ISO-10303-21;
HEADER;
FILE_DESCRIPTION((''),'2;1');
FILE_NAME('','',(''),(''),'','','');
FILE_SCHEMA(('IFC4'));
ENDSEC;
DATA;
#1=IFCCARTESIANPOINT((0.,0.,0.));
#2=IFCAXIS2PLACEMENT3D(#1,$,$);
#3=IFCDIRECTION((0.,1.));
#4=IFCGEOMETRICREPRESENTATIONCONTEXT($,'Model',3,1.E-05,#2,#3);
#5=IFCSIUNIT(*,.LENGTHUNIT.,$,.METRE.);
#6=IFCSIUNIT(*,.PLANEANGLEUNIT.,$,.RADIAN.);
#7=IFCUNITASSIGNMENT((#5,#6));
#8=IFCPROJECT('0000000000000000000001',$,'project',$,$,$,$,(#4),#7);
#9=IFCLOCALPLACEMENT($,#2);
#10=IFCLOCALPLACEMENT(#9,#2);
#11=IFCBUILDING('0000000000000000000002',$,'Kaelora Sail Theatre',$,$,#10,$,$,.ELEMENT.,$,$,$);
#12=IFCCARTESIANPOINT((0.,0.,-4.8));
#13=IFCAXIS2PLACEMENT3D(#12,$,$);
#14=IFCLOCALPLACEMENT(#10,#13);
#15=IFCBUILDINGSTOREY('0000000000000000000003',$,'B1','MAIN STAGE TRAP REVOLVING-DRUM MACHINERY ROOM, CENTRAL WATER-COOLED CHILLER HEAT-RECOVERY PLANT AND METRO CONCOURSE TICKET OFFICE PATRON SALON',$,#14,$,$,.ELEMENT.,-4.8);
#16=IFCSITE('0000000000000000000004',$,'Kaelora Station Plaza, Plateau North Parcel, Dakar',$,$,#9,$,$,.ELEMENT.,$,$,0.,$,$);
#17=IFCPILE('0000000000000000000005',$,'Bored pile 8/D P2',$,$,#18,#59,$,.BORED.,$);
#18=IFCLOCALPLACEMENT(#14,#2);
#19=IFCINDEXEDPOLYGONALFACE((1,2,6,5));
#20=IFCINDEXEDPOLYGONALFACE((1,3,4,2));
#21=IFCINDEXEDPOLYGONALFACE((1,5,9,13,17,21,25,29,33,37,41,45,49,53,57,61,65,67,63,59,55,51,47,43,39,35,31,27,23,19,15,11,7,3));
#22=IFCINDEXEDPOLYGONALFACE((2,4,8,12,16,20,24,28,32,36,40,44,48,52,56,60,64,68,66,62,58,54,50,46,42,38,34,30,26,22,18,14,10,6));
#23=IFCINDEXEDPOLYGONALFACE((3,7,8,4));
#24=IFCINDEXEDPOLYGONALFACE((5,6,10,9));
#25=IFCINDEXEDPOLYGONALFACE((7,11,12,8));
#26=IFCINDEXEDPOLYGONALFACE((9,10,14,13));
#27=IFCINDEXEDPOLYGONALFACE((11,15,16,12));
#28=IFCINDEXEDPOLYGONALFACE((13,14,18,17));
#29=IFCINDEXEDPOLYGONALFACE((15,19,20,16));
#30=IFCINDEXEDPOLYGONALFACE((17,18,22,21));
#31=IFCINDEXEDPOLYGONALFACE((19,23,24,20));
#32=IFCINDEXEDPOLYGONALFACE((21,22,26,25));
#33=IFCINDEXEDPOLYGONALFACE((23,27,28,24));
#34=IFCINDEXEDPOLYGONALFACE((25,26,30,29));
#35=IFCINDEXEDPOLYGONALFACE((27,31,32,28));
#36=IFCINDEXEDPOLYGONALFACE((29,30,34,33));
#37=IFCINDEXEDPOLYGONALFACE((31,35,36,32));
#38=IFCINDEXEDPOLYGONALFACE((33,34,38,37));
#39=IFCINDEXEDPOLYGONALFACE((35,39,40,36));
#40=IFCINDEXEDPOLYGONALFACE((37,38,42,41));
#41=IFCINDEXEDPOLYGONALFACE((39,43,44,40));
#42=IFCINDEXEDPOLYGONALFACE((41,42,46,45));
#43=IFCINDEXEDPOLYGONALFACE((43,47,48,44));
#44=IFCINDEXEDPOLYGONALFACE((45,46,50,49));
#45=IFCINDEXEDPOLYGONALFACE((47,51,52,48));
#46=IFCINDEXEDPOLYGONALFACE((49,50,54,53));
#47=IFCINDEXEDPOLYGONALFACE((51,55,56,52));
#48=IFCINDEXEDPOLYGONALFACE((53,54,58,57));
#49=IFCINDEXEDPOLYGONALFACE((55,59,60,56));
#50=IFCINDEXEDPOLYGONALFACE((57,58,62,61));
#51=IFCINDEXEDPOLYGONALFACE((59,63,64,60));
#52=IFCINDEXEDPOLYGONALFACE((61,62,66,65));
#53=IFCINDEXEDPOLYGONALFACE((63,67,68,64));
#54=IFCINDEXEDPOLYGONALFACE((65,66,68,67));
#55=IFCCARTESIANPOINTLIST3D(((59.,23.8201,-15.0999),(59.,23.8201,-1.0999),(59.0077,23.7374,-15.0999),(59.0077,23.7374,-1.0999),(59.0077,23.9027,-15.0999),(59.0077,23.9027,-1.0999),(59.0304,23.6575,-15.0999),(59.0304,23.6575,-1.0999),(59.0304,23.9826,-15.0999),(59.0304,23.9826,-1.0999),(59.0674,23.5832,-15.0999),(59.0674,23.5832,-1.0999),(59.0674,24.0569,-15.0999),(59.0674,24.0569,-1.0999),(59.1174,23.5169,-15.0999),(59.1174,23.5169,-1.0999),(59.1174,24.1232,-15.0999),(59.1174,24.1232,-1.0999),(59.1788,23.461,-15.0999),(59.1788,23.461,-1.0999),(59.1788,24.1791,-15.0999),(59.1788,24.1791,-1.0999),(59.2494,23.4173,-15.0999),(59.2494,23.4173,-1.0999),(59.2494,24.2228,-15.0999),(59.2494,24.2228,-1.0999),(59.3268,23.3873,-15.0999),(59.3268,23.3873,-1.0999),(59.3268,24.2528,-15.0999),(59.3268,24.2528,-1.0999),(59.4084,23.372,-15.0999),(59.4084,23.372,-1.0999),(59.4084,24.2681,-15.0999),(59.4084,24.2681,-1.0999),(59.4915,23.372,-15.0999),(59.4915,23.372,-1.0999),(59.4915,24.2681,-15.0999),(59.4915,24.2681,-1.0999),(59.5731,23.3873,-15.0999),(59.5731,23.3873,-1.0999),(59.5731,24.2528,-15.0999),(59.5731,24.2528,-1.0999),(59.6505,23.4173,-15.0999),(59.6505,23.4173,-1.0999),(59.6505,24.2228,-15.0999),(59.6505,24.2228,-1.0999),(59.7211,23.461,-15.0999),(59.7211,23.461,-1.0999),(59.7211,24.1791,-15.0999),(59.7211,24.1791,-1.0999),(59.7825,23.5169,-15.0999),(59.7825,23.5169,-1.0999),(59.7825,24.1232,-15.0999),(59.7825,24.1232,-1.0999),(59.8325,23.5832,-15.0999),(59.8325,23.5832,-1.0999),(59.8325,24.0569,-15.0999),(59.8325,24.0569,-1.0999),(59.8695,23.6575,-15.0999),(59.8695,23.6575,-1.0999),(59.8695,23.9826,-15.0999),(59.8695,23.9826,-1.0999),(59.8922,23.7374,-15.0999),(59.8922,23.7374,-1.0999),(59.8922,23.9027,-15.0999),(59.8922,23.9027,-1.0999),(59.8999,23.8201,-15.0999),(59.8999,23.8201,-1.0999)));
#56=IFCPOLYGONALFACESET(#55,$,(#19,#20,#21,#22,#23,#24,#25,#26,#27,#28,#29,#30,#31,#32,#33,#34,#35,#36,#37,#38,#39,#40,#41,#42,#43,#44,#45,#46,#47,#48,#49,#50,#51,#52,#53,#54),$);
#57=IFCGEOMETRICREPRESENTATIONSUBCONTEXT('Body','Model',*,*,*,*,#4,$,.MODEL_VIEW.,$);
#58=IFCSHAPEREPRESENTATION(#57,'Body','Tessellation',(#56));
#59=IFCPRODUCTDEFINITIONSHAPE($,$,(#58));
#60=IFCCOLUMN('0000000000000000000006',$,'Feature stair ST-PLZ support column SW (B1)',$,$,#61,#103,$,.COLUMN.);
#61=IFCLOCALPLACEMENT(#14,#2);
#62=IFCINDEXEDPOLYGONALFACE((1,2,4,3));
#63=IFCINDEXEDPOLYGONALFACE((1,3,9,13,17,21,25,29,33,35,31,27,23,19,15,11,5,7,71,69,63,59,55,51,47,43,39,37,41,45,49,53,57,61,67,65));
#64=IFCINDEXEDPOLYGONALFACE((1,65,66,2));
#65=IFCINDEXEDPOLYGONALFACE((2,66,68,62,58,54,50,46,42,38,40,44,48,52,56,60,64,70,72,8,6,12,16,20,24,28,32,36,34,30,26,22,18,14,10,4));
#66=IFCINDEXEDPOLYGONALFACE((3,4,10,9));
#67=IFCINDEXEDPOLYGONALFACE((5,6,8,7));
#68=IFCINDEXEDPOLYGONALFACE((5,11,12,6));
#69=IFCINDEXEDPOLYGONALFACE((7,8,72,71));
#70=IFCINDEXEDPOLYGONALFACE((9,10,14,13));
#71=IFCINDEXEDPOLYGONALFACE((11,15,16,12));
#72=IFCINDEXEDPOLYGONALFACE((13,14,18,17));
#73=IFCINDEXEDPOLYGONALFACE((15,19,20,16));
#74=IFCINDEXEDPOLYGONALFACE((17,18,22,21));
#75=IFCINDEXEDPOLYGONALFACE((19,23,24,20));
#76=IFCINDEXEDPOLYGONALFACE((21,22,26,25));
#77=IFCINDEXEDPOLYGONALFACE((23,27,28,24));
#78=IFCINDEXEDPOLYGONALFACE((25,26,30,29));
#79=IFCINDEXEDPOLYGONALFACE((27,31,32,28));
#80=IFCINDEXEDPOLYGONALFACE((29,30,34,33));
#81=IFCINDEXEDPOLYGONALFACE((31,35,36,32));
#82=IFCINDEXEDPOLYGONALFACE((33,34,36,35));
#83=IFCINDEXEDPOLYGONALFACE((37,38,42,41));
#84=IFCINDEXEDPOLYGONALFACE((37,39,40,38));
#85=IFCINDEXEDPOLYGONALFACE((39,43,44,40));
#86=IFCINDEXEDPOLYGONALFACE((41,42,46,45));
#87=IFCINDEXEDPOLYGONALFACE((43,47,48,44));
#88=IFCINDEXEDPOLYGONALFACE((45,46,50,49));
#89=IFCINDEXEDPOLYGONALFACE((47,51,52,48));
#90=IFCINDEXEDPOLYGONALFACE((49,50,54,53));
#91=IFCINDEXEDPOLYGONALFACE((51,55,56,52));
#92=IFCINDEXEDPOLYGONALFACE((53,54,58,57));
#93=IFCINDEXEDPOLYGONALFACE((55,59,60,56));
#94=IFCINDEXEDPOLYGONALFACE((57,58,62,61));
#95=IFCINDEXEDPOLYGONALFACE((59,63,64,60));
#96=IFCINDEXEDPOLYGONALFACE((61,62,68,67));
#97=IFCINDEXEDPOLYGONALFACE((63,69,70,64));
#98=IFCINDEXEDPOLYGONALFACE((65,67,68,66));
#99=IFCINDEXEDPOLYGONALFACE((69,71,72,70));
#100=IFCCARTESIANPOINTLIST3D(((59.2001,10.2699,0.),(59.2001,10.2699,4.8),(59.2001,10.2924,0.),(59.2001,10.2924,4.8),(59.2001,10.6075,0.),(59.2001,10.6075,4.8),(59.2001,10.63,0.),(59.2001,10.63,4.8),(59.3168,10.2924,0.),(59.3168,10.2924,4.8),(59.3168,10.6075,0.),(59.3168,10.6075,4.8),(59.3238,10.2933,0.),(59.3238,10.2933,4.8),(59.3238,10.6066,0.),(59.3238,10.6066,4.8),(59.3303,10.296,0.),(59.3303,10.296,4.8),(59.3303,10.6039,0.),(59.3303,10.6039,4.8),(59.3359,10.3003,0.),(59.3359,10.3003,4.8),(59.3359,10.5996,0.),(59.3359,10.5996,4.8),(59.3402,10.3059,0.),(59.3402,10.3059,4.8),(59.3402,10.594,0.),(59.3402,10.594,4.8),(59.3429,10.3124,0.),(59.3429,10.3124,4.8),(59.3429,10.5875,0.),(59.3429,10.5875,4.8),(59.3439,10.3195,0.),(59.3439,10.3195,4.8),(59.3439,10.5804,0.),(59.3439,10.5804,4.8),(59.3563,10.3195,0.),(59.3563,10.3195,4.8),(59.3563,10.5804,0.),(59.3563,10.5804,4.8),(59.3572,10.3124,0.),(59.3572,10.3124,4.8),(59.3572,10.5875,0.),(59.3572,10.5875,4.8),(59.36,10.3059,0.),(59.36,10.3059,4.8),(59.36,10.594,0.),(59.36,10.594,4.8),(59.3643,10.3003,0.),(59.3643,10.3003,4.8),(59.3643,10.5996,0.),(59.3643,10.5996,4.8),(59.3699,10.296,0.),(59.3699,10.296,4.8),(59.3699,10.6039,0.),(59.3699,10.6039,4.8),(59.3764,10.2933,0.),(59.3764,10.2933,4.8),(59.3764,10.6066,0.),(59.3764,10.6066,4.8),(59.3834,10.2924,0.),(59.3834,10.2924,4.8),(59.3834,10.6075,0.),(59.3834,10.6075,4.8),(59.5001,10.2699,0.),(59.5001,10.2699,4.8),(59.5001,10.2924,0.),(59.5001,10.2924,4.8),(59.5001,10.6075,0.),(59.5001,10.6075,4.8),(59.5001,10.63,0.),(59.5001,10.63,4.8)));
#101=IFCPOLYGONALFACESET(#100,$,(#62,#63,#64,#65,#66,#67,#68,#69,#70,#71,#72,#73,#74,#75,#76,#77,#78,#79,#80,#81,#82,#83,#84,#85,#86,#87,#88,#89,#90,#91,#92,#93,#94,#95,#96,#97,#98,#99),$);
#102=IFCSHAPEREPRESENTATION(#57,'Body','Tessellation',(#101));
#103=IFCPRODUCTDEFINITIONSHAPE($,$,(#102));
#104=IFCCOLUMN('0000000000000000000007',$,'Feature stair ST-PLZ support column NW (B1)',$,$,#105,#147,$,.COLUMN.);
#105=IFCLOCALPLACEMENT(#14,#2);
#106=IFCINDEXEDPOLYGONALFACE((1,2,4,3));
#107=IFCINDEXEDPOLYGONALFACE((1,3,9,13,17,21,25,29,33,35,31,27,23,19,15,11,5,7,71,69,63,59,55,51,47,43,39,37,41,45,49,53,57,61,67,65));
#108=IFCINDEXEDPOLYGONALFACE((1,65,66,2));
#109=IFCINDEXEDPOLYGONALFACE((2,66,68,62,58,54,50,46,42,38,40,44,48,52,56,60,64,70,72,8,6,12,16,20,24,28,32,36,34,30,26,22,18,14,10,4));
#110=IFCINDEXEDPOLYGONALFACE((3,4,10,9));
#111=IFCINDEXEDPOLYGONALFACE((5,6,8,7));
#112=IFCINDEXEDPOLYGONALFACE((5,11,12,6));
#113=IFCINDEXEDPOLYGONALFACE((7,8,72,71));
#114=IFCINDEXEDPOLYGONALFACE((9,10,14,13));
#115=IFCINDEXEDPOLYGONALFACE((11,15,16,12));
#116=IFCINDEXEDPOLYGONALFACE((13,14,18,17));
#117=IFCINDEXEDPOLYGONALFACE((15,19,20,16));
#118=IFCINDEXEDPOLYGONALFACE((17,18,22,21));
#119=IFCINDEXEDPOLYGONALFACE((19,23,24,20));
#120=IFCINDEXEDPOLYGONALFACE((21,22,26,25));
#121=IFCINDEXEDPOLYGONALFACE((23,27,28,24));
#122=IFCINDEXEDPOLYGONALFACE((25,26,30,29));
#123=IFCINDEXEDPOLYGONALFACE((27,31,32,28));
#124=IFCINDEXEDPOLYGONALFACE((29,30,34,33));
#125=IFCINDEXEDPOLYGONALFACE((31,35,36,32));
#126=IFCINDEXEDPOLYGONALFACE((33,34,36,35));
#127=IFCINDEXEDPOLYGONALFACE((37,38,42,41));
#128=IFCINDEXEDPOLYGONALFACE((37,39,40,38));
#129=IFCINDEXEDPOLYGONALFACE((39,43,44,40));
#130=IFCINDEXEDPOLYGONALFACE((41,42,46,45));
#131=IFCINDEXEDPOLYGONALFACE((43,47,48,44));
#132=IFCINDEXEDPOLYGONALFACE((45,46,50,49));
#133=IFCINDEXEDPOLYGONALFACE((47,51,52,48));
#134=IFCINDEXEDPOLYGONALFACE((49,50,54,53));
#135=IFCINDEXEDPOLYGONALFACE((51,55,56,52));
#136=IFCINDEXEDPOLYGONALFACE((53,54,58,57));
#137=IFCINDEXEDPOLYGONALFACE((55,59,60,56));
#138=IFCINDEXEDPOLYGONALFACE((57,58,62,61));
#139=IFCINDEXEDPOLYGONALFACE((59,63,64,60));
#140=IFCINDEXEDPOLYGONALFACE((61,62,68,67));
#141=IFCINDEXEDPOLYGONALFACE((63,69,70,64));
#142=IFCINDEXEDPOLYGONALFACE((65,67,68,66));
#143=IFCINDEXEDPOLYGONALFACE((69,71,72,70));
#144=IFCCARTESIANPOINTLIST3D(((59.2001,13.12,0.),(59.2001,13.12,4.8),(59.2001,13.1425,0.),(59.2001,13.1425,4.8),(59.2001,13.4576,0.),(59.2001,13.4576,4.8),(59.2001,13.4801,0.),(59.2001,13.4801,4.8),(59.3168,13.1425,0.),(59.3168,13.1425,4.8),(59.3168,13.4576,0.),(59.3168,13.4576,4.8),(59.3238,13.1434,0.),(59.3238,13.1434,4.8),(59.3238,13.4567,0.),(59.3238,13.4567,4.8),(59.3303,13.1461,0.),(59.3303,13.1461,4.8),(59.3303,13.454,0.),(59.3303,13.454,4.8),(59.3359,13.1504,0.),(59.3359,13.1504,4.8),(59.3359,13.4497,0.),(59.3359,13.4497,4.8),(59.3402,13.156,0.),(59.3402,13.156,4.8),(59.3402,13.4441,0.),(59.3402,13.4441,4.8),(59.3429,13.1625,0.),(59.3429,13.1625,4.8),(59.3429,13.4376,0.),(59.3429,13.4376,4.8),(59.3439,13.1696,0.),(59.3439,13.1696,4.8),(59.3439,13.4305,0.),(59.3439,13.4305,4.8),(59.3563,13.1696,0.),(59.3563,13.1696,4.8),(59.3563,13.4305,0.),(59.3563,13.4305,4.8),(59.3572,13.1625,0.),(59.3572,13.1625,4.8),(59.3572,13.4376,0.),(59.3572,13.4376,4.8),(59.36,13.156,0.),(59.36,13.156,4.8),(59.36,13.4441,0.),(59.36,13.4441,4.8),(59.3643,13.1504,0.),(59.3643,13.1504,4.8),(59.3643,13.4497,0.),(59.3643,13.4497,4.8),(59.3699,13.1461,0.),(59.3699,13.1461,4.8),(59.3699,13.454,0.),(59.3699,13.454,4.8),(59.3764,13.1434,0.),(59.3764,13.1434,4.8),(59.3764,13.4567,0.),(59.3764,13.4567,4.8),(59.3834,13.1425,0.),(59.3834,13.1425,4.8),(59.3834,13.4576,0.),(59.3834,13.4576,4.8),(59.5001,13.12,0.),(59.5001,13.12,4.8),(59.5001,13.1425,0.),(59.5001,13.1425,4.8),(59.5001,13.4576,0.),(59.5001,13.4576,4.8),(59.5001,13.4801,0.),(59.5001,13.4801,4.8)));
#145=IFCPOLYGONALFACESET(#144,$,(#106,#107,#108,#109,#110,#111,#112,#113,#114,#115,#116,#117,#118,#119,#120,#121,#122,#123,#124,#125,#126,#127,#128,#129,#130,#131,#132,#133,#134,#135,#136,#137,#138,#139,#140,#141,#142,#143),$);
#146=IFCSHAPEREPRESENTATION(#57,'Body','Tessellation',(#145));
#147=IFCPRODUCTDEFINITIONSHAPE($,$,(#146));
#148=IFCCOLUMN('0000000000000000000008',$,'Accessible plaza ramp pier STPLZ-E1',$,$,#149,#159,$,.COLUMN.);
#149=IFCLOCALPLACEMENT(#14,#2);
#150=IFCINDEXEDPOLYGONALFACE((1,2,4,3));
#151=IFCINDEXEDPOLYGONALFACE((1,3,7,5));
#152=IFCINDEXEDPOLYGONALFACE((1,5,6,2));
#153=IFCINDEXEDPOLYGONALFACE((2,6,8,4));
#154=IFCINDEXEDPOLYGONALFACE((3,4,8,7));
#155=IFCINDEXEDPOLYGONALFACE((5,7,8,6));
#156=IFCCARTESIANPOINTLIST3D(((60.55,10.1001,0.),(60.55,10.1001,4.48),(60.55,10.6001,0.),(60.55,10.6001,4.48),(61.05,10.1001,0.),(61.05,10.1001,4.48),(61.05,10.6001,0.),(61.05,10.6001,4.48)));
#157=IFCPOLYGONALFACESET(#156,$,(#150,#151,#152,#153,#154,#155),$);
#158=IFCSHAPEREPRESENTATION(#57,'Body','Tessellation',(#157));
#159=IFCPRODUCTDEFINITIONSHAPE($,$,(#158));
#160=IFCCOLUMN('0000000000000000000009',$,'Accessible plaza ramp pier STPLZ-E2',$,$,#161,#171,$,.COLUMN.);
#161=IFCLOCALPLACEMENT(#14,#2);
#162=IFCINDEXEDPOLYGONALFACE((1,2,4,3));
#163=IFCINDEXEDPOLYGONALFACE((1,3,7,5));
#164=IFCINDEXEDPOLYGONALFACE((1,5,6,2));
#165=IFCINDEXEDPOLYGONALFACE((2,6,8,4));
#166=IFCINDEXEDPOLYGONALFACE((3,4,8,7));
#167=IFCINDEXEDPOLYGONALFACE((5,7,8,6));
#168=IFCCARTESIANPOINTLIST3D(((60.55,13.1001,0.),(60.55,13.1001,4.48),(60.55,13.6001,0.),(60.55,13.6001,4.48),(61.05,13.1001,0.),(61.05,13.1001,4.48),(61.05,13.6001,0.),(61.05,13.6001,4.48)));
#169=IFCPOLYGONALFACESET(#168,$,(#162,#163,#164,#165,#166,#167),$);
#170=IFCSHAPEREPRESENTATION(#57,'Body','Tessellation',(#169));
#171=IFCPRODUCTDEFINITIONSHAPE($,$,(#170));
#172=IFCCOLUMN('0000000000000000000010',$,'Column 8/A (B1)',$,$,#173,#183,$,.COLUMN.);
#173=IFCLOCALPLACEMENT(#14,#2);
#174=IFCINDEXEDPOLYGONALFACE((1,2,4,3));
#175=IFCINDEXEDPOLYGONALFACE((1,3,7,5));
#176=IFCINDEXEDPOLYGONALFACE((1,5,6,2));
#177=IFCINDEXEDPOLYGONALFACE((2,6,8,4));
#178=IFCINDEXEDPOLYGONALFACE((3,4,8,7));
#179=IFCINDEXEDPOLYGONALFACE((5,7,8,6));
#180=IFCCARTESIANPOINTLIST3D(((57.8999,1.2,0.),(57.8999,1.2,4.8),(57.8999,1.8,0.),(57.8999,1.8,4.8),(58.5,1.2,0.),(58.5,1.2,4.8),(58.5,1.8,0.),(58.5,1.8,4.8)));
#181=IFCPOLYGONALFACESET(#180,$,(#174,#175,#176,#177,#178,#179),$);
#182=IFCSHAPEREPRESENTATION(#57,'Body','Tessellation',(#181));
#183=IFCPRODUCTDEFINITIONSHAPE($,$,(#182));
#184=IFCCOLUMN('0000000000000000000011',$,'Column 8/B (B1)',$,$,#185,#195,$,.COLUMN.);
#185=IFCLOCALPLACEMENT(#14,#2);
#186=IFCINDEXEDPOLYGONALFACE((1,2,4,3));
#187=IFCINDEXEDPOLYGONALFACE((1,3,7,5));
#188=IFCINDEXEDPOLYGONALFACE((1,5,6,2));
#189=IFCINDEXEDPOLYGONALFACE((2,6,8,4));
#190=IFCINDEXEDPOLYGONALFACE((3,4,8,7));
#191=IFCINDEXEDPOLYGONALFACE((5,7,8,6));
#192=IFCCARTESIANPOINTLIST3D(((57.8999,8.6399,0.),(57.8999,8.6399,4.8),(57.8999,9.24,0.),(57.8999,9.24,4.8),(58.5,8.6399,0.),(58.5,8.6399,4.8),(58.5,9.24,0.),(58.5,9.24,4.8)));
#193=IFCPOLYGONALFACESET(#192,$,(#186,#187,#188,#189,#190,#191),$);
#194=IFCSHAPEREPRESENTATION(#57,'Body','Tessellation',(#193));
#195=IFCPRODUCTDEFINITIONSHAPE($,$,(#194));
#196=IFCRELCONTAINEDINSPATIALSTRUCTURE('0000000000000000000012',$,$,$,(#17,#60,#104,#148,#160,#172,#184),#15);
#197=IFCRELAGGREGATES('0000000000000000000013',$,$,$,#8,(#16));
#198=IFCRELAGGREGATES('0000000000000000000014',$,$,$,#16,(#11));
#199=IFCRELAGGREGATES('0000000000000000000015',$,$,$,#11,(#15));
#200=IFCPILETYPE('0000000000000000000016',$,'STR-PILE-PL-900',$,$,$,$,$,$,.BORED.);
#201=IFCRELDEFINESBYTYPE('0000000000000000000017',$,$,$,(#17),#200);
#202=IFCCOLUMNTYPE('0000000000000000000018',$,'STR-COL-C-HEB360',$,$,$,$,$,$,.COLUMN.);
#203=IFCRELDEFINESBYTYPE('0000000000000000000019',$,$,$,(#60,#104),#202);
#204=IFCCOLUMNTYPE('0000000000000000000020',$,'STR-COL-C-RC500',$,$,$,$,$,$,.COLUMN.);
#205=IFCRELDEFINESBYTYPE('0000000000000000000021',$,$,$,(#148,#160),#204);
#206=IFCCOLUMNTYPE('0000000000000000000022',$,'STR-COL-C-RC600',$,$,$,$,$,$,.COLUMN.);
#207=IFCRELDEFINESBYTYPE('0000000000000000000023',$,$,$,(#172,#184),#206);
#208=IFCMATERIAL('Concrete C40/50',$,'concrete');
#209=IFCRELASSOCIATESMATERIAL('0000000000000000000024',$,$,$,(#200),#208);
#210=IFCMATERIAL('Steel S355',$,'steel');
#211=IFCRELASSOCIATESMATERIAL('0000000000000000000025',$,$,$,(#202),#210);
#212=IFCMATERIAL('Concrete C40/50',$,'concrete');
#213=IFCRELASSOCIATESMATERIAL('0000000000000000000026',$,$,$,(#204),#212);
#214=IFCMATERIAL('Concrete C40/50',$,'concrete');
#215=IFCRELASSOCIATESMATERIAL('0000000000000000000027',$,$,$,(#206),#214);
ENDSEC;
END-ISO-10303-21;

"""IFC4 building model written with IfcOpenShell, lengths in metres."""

from ifc_helpers import new_model, si_unit, direction, frame, origin, origin_2d, place, context, subcontext, project, spatial, rectangle, circle, i_section, extrude, material, material_profile, profile_set, type_object, element, save


model = new_model("IFC4")

# Units and contexts
model_context = context("Model", 3, precision=1e-05, world=origin(), true_north=direction((0.0, 1.0)))
body_context = subcontext(model_context, "Body", "Model", "MODEL_VIEW")
ifc_project = project(units=[si_unit("LENGTHUNIT", "METRE"), si_unit("PLANEANGLEUNIT", "RADIAN")], contexts=[model_context])

# Site, building, storey
site_placement = place(None, origin())
site = spatial("IfcSite", under=ifc_project, at=site_placement, Name="Kaelora Station Plaza, Plateau North Parcel, Dakar", CompositionType="ELEMENT", RefElevation=0.0)
building_placement = place(site_placement, origin())
building = spatial("IfcBuilding", under=site, at=building_placement, Name="Kaelora Sail Theatre", CompositionType="ELEMENT")
storey_placement = place(building_placement, frame((0.0, 0.0, -4.8)))
storey = spatial("IfcBuildingStorey", under=building, at=storey_placement, Name="B1", Description="MAIN STAGE TRAP REVOLVING-DRUM MACHINERY ROOM, CENTRAL WATER-COOLED CHILLER HEAT-RECOVERY PLANT AND METRO CONCOURSE TICKET OFFICE PATRON SALON", CompositionType="ELEMENT", Elevation=-4.8)

# Pile
ifc_material_1 = material(Name="Concrete C40/50", Category="concrete")
ifc_material_profile_1 = material_profile(ifc_material_1, circle(Radius=0.45, at=origin_2d()), Name="PILE D900")
ifc_profile_set_1 = profile_set([ifc_material_profile_1], Name="Concrete C40/50")
pile_type = type_object("IfcPileType", Name="STR-PILE-PL-900", PredefinedType="BORED", material=ifc_profile_set_1)
for number, where, z_axis, x_axis, name in (
    (1, (59.45, 23.8201, -1.0999), (0.0, 0.0, -1.0), (1.0, 0.0, 0.0), "Bored pile 8/D P2"),
):
    element("IfcPile", number, at=place(storey_placement, frame(where, z_axis=z_axis, x_axis=x_axis)), inside=storey, type_object=pile_type, Name=name, PredefinedType="BORED", context=body_context, shape_type="SweptSolid", body=[
        extrude(circle(Radius=0.45, at=origin_2d()), origin(), (0.0, 0.0, 1.0), 14.0),
    ])

# Columns
ifc_material_2 = material(Name="Steel S355", Category="steel")
ifc_material_profile_2 = material_profile(ifc_material_2, i_section(OverallWidth=0.3, OverallDepth=0.3601, WebThickness=0.0125, FlangeThickness=0.0225, FilletRadius=0.0271, at=origin_2d()), Name="HEB 360")
ifc_profile_set_2 = profile_set([ifc_material_profile_2], Name="Steel S355")
column_type_1 = type_object("IfcColumnType", Name="STR-COL-C-HEB360", PredefinedType="COLUMN", material=ifc_profile_set_2)
for number, where, z_axis, x_axis, name in (
    (2, (59.3501, 10.45, 0.0), (0.0, 0.0, 1.0), (1.0, 0.0, 0.0), "Feature stair ST-PLZ support column SW (B1)"),
    (3, (59.3501, 13.3, 0.0), (0.0, 0.0, 1.0), (1.0, 0.0, 0.0), "Feature stair ST-PLZ support column NW (B1)"),
):
    element("IfcColumn", number, at=place(storey_placement, frame(where, z_axis=z_axis, x_axis=x_axis)), inside=storey, type_object=column_type_1, Name=name, PredefinedType="COLUMN", context=body_context, shape_type="SweptSolid", body=[
        extrude(i_section(OverallWidth=0.3, OverallDepth=0.3601, WebThickness=0.0125, FlangeThickness=0.0225, FilletRadius=0.0271, at=origin_2d()), origin(), (0.0, 0.0, 1.0), 4.8),
    ])
ifc_material_3 = material(Name="Concrete C40/50", Category="concrete")
ifc_material_profile_3 = material_profile(ifc_material_3, rectangle(XDim=0.5, YDim=0.5, at=origin_2d()), Name="RC-COL 500x500")
ifc_profile_set_3 = profile_set([ifc_material_profile_3], Name="Concrete C40/50")
column_type_2 = type_object("IfcColumnType", Name="STR-COL-C-RC500", PredefinedType="COLUMN", material=ifc_profile_set_3)
for number, where, z_axis, x_axis, name in (
    (4, (60.8, 10.3501, 0.0), (0.0, 0.0, 1.0), (1.0, 0.0, 0.0), "Accessible plaza ramp pier STPLZ-E1"),
    (5, (60.8, 13.3501, 0.0), (0.0, 0.0, 1.0), (1.0, 0.0, 0.0), "Accessible plaza ramp pier STPLZ-E2"),
):
    element("IfcColumn", number, at=place(storey_placement, frame(where, z_axis=z_axis, x_axis=x_axis)), inside=storey, type_object=column_type_2, Name=name, PredefinedType="COLUMN", context=body_context, shape_type="SweptSolid", body=[
        extrude(rectangle(XDim=0.5, YDim=0.5, at=origin_2d()), origin(), (0.0, 0.0, 1.0), 4.48),
    ])
ifc_material_4 = material(Name="Concrete C40/50", Category="concrete")
ifc_material_profile_4 = material_profile(ifc_material_4, rectangle(XDim=0.6001, YDim=0.6001, at=origin_2d()), Name="RC-COL 600x600")
ifc_profile_set_4 = profile_set([ifc_material_profile_4], Name="Concrete C40/50")
column_type_3 = type_object("IfcColumnType", Name="STR-COL-C-RC600", PredefinedType="COLUMN", material=ifc_profile_set_4)
for number, where, z_axis, x_axis, name in (
    (6, (58.2, 1.5, 0.0), (0.0, 0.0, 1.0), (1.0, 0.0, 0.0), "Column 8/A (B1)"),
    (7, (58.2, 8.9399, 0.0), (0.0, 0.0, 1.0), (1.0, 0.0, 0.0), "Column 8/B (B1)"),
):
    element("IfcColumn", number, at=place(storey_placement, frame(where, z_axis=z_axis, x_axis=x_axis)), inside=storey, type_object=column_type_3, Name=name, PredefinedType="COLUMN", context=body_context, shape_type="SweptSolid", body=[
        extrude(rectangle(XDim=0.6001, YDim=0.6001, at=origin_2d()), origin(), (0.0, 0.0, 1.0), 4.8),
    ])

save(model, "model.ifc")
